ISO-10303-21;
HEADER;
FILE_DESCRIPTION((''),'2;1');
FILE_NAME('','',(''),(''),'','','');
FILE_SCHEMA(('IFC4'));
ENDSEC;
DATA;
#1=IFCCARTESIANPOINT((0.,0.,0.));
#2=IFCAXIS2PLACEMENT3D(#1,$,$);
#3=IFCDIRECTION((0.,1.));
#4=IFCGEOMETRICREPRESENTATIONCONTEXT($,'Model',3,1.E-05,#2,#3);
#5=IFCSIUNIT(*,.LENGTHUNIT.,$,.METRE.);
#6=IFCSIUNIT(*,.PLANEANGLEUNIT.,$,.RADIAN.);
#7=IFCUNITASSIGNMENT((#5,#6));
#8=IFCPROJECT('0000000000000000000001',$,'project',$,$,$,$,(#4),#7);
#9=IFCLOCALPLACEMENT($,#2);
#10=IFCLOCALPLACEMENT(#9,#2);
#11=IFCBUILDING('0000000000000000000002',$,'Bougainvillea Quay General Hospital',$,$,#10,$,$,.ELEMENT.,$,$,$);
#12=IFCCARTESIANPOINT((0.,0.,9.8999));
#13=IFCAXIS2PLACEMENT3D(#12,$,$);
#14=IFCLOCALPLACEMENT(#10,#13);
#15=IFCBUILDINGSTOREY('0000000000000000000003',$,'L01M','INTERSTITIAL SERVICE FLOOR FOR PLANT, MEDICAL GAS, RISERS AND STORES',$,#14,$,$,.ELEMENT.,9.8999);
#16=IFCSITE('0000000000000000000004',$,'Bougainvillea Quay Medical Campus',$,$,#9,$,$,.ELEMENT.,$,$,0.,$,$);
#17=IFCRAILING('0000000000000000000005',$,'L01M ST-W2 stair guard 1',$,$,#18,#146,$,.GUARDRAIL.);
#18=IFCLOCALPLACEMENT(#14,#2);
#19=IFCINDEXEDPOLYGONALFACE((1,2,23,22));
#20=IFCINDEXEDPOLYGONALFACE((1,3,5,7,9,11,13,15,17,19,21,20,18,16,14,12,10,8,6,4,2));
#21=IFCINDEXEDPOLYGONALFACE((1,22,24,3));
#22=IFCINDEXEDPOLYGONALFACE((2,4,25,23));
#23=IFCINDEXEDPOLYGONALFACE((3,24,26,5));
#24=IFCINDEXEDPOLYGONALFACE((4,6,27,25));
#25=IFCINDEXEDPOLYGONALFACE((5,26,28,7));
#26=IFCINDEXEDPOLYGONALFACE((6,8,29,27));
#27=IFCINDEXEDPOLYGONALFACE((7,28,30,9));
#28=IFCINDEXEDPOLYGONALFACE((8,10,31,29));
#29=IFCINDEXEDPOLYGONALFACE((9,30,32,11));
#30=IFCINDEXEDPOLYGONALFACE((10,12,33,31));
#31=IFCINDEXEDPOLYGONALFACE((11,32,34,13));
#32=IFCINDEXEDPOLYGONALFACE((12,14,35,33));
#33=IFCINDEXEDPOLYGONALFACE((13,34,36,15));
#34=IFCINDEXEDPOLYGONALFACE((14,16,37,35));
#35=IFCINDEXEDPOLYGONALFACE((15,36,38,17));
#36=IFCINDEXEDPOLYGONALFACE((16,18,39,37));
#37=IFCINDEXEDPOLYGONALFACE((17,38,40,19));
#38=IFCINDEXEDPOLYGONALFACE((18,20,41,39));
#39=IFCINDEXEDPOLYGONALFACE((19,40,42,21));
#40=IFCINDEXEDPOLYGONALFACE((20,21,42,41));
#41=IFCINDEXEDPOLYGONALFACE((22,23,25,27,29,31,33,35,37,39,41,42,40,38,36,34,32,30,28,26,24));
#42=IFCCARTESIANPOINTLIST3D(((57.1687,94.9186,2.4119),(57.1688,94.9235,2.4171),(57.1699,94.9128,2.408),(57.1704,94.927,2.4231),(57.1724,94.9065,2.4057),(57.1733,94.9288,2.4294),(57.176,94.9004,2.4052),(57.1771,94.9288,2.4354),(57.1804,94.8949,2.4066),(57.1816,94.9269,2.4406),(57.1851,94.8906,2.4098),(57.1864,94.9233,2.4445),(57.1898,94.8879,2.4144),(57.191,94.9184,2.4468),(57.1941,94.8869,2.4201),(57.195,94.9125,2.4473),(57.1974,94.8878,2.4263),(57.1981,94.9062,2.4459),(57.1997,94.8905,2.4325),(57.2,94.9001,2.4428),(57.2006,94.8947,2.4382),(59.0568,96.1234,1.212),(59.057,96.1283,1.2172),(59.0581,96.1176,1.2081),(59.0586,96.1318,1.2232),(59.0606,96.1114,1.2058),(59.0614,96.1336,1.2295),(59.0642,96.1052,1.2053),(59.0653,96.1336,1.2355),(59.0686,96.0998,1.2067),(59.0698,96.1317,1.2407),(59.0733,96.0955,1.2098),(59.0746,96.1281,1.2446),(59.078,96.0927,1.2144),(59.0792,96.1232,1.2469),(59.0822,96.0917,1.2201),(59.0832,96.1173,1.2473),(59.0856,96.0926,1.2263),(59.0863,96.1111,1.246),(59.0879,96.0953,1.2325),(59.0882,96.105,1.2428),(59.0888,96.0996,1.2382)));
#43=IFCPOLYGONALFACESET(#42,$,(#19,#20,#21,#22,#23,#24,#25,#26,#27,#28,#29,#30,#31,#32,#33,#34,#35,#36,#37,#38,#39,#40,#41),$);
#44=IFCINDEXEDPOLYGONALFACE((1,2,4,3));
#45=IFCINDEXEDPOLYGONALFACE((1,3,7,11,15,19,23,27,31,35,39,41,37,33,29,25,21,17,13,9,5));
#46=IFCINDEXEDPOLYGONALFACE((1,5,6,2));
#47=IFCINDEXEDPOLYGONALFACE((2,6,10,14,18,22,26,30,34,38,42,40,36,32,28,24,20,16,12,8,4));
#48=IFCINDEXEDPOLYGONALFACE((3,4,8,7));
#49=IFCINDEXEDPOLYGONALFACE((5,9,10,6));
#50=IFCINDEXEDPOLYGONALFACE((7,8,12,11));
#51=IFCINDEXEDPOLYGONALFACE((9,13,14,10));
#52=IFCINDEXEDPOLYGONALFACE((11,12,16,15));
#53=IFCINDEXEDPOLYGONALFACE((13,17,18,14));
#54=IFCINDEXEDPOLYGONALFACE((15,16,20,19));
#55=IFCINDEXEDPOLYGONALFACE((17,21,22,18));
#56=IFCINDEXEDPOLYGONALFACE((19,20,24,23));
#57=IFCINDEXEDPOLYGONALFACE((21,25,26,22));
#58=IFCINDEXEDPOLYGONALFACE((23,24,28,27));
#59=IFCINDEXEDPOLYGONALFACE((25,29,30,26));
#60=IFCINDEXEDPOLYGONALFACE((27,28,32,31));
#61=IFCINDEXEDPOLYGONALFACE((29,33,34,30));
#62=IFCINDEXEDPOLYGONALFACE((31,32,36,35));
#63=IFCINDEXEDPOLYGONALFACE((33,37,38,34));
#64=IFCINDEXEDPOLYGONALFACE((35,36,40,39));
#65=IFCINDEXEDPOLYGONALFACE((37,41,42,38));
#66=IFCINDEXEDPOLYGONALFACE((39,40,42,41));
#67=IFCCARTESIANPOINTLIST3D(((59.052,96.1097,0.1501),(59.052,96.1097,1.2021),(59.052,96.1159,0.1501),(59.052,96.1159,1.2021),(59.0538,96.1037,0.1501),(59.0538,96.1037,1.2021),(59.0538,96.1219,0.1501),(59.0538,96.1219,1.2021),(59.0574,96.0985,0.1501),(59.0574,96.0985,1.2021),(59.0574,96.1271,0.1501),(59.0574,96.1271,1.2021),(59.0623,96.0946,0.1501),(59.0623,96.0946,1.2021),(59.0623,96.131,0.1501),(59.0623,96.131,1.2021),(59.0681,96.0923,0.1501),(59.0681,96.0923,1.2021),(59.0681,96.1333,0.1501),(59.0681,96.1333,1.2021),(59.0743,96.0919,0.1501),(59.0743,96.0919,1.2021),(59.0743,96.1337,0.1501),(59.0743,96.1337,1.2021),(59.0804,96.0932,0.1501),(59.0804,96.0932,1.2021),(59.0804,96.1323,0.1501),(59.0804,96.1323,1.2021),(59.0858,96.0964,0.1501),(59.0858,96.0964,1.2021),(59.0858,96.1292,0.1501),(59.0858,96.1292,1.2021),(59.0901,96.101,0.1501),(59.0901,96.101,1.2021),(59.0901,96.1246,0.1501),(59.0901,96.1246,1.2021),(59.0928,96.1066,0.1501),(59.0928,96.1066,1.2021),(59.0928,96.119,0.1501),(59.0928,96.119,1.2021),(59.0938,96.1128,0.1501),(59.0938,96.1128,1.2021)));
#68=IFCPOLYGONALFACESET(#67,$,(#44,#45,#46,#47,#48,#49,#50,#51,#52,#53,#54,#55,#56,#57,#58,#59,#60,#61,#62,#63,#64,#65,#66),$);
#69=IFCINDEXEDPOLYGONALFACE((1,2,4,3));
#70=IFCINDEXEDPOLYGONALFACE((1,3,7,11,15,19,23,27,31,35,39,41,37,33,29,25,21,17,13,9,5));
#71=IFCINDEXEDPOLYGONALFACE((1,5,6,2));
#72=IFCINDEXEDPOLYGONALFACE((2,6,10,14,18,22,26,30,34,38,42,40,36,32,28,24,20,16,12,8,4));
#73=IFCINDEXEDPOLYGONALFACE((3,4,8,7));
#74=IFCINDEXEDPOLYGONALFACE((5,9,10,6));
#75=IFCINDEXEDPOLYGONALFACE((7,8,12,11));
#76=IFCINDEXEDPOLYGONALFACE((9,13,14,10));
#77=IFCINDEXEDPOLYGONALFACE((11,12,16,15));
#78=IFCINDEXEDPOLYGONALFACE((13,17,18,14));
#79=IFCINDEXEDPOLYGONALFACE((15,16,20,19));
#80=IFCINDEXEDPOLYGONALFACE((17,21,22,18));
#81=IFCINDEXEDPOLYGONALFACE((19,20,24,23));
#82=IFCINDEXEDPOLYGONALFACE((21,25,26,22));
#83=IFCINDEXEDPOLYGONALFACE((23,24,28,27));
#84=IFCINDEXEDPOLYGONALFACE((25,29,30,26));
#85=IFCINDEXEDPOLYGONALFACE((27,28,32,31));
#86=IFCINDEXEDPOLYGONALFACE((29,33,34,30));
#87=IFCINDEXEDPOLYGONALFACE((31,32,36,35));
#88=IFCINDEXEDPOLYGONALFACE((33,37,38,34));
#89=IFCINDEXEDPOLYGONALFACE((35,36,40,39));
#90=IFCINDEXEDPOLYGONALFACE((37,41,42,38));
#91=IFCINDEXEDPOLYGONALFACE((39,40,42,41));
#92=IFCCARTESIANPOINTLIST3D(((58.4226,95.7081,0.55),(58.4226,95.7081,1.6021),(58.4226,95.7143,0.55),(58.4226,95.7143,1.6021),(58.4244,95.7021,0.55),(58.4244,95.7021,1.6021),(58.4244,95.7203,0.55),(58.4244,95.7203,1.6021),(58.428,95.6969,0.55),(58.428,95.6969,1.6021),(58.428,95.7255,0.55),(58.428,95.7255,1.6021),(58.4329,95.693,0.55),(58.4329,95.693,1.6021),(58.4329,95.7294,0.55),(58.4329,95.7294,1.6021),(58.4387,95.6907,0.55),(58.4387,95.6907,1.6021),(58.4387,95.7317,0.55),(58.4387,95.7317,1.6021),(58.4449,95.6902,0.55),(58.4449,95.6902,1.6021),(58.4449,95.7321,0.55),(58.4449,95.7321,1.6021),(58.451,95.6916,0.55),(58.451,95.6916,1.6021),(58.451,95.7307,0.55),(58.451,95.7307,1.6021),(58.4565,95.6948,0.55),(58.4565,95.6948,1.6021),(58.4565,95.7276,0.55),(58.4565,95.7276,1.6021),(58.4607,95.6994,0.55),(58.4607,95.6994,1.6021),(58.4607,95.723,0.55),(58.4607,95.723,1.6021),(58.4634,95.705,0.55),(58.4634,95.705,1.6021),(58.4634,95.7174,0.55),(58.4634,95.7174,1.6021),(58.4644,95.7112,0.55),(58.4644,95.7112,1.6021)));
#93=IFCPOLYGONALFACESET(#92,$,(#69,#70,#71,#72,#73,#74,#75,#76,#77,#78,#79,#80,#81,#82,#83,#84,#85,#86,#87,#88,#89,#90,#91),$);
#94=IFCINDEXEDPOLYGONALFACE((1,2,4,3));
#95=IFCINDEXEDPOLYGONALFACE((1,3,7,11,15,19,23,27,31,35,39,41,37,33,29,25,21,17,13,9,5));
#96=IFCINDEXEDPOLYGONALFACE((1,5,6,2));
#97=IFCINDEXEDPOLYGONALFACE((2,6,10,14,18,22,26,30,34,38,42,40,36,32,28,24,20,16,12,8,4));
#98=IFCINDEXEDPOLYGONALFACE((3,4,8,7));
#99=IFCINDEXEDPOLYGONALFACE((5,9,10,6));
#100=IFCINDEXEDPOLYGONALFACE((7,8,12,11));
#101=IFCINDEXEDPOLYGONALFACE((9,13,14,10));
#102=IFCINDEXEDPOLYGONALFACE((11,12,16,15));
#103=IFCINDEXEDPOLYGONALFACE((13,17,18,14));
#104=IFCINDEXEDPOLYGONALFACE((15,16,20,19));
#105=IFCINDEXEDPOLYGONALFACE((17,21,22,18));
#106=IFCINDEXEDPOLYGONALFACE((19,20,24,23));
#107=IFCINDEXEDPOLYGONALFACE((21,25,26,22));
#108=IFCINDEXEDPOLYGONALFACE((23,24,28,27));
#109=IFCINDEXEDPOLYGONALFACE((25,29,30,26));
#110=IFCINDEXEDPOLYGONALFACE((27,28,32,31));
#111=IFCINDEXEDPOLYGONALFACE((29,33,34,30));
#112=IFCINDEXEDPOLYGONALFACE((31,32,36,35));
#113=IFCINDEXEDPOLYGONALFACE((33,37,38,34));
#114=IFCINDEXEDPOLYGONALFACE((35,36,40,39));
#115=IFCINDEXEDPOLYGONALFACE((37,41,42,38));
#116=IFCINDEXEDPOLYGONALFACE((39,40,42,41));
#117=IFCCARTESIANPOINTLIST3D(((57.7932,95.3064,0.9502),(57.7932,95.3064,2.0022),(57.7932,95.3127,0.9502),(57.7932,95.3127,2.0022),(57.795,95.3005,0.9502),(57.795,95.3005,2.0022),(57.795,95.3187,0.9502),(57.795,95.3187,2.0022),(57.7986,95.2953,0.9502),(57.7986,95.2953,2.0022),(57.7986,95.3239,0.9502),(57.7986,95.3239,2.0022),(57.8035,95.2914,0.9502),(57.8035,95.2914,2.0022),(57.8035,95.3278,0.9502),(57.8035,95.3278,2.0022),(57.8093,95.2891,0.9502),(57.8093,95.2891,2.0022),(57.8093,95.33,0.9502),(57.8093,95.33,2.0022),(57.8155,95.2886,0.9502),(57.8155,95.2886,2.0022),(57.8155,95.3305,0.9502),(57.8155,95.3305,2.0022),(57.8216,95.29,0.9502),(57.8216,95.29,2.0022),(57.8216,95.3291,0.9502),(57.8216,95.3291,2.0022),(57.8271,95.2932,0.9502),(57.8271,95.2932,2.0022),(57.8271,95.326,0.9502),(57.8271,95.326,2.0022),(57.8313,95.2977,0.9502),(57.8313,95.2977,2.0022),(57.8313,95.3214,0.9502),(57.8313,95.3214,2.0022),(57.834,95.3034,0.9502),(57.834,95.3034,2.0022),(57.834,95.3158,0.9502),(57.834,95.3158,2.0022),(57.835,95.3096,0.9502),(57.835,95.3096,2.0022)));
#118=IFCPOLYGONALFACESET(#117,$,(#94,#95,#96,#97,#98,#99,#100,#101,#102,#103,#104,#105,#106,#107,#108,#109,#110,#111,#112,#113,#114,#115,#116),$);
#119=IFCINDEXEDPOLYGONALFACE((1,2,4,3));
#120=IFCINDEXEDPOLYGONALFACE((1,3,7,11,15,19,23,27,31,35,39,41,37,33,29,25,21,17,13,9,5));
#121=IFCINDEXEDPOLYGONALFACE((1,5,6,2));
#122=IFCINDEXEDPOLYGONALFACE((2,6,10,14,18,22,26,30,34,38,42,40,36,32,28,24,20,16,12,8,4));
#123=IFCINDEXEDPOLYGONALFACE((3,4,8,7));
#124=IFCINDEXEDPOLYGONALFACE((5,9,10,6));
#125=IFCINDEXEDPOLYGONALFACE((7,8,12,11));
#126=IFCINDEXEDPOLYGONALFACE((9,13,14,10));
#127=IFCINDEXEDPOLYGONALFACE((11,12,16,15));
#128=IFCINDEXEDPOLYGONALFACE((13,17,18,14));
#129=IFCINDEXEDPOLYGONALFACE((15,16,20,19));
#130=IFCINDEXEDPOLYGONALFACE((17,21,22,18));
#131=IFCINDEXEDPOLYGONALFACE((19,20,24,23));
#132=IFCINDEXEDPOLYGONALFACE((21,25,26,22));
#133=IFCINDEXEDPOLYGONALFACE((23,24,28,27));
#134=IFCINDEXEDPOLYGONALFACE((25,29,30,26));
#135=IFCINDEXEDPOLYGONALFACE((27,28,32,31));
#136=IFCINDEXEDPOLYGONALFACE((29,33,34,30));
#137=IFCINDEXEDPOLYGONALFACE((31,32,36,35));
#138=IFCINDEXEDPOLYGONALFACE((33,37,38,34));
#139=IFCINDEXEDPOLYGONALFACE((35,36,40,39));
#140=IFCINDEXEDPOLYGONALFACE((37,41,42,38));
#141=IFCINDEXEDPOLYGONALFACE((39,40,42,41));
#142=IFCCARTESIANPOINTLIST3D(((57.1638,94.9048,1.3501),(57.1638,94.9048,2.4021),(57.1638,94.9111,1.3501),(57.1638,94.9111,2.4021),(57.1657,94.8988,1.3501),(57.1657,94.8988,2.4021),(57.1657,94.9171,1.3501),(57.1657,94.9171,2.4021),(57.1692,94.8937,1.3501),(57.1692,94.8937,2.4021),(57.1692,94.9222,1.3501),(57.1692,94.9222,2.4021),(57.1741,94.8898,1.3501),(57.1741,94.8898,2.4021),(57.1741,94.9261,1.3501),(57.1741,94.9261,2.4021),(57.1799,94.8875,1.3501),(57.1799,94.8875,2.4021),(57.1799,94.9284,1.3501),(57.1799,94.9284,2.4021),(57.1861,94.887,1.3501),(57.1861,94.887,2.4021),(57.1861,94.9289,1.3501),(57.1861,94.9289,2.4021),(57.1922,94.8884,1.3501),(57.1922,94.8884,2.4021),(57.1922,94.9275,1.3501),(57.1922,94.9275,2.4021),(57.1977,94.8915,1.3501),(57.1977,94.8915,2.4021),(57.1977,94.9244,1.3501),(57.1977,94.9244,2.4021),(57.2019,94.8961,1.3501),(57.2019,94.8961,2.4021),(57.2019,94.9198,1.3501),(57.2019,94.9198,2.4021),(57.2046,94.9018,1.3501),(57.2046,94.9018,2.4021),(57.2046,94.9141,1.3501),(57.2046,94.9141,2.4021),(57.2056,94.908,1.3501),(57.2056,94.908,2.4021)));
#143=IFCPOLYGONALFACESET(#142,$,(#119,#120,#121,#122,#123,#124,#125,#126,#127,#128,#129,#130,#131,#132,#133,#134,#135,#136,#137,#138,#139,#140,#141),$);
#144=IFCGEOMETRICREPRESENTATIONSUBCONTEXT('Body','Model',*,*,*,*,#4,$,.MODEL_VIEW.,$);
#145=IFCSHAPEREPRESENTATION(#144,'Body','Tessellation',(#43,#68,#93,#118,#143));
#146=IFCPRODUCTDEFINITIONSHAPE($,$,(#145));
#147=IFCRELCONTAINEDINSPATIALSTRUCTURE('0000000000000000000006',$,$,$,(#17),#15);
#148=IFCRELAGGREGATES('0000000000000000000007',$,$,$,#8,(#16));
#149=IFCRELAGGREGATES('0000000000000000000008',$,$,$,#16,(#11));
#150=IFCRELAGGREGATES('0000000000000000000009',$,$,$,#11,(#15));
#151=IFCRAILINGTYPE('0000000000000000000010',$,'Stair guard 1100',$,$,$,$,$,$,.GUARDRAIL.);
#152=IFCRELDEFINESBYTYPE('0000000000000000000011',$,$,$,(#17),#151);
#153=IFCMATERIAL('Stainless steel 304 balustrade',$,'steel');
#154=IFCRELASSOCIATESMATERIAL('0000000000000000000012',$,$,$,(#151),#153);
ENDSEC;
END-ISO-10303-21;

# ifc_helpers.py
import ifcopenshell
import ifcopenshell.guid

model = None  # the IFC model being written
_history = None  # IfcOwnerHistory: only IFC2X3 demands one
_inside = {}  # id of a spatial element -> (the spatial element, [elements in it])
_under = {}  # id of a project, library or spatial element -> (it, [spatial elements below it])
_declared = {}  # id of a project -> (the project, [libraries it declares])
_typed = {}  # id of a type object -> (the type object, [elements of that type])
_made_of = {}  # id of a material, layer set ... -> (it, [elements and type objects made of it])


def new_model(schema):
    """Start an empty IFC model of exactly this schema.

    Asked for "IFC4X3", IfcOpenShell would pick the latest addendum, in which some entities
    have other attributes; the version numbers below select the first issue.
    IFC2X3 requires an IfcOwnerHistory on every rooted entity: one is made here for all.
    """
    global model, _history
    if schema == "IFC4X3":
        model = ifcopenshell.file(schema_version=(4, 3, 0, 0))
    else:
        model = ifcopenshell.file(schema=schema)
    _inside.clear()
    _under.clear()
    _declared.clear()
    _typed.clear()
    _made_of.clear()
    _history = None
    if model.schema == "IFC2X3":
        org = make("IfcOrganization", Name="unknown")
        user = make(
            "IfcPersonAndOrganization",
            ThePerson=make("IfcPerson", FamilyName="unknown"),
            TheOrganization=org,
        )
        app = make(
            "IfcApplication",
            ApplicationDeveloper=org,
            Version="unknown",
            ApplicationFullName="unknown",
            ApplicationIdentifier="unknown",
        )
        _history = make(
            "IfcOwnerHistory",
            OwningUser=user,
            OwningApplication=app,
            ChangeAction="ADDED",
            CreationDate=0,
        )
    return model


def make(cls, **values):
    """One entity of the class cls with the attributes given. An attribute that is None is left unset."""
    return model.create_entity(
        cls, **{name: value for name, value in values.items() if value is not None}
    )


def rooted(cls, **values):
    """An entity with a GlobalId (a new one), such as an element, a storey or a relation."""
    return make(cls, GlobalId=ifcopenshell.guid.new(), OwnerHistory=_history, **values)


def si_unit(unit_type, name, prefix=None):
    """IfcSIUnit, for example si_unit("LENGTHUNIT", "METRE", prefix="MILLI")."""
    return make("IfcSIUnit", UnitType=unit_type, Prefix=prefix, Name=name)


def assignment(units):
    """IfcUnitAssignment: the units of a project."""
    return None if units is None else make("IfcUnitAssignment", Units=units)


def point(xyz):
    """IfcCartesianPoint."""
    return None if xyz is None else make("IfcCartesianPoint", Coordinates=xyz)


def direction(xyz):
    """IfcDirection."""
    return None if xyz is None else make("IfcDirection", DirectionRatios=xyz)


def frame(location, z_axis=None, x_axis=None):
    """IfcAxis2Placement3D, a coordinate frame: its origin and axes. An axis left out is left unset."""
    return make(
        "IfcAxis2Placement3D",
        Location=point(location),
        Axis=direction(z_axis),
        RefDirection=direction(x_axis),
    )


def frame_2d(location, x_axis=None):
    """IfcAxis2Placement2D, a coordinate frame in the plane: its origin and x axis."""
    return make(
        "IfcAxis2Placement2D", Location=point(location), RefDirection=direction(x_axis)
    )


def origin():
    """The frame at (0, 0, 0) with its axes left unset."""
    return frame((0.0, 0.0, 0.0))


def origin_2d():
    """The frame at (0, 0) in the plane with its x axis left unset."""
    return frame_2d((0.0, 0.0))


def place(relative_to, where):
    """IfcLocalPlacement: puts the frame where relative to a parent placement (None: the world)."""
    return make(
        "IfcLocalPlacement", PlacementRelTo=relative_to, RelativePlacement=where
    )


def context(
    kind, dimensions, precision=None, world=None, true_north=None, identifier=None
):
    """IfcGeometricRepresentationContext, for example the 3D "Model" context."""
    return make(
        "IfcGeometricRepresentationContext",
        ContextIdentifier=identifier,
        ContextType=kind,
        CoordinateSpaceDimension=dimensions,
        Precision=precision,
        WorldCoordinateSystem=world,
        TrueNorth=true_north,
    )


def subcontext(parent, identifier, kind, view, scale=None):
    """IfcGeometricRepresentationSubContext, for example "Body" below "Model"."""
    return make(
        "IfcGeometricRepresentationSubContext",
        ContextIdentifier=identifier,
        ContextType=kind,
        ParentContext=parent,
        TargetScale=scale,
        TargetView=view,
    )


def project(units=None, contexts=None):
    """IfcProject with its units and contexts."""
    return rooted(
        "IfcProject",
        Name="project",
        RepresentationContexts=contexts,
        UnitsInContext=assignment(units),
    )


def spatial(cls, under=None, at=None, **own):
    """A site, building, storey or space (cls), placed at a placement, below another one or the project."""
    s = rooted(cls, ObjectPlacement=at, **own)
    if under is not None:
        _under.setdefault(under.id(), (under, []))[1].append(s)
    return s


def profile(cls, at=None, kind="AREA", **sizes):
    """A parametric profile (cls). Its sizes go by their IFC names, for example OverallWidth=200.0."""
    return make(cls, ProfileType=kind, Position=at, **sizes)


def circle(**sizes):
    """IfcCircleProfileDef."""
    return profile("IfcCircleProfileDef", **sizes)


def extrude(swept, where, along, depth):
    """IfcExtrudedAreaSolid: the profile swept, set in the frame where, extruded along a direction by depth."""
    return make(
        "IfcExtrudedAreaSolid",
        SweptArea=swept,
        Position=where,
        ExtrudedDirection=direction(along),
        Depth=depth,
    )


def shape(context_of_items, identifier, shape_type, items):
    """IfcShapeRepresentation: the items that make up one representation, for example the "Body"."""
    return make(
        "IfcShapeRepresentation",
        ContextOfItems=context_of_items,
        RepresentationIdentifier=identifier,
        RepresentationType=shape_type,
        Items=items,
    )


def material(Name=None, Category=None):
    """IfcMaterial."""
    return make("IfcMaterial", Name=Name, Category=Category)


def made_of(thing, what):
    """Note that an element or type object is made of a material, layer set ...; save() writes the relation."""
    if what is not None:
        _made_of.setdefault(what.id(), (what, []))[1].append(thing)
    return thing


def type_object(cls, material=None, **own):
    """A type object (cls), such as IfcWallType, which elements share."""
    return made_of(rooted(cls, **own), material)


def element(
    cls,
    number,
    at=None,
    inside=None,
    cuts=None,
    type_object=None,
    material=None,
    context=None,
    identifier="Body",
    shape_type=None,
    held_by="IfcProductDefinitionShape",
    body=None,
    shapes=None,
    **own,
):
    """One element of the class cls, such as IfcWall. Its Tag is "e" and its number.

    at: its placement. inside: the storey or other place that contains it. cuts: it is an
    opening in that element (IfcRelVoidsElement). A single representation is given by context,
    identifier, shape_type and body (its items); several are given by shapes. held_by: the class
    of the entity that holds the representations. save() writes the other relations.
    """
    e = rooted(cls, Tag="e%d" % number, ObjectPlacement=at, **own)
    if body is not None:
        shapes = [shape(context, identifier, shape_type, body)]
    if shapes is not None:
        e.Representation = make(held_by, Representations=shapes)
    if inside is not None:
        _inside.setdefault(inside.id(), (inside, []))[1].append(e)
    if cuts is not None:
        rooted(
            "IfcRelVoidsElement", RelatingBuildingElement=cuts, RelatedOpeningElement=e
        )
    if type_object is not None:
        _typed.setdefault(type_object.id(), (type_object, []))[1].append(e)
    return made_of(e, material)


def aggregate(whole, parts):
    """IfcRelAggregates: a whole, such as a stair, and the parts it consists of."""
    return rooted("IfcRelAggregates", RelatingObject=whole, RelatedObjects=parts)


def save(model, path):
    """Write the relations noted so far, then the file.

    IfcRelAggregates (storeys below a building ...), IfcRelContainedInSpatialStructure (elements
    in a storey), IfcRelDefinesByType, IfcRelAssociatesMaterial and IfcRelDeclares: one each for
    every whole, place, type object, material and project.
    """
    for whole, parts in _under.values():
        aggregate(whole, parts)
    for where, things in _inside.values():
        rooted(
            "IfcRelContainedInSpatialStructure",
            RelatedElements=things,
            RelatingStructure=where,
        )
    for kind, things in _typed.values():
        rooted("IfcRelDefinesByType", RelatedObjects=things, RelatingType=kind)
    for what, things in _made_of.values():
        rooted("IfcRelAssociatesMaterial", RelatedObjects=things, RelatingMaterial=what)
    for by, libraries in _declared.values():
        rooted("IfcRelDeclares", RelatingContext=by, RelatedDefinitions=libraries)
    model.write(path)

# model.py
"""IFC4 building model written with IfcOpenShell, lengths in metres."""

from ifc_helpers import new_model, si_unit, direction, frame, origin, origin_2d, place, context, subcontext, project, spatial, circle, extrude, material, type_object, element, save


model = new_model("IFC4")

# Units and contexts
model_context = context("Model", 3, precision=1e-05, world=origin(), true_north=direction((0.0, 1.0)))
body_context = subcontext(model_context, "Body", "Model", "MODEL_VIEW")
ifc_project = project(units=[si_unit("LENGTHUNIT", "METRE"), si_unit("PLANEANGLEUNIT", "RADIAN")], contexts=[model_context])

# Site, building, storey
site_placement = place(None, origin())
site = spatial("IfcSite", under=ifc_project, at=site_placement, Name="Bougainvillea Quay Medical Campus", CompositionType="ELEMENT", RefElevation=0.0)
building_placement = place(site_placement, origin())
building = spatial("IfcBuilding", under=site, at=building_placement, Name="Bougainvillea Quay General Hospital", CompositionType="ELEMENT")
storey_placement = place(building_placement, frame((0.0, 0.0, 9.8999)))
storey = spatial("IfcBuildingStorey", under=building, at=storey_placement, Name="L01M", Description="INTERSTITIAL SERVICE FLOOR FOR PLANT, MEDICAL GAS, RISERS AND STORES", CompositionType="ELEMENT", Elevation=9.8999)

# Railing
ifc_material_1 = material(Name="Stainless steel 304 balustrade", Category="steel")
railing_type = type_object("IfcRailingType", Name="Stair guard 1100", PredefinedType="GUARDRAIL", material=ifc_material_1)
railing_1_placement = place(storey_placement, frame((59.0728, 96.1128, 0.1501)))
element("IfcRailing", 1, at=railing_1_placement, inside=storey, type_object=railing_type, Name="L01M ST-W2 stair guard 1", PredefinedType="GUARDRAIL", context=body_context, shape_type="SweptSolid", body=[
    extrude(circle(Radius=0.0239, at=origin_2d()), frame((0.0, 0.0, 1.0762), z_axis=(-0.743083, -0.474155, 0.472233), x_axis=(0.537912, -0.843001, 0.0)), (0.0, 0.0, 1.0), 2.541),
    extrude(circle(Radius=0.021, at=origin_2d()), origin(), (0.0, 0.0, 1.0), 1.052),
    extrude(circle(Radius=0.021, at=origin_2d()), frame((-0.6294, -0.4016, 0.3999)), (0.0, 0.0, 1.0), 1.052),
    extrude(circle(Radius=0.021, at=origin_2d()), frame((-1.2588, -0.8032, 0.8)), (0.0, 0.0, 1.0), 1.052),
    extrude(circle(Radius=0.021, at=origin_2d()), frame((-1.8882, -1.2048, 1.2)), (0.0, 0.0, 1.0), 1.052),
])

save(model, "model.ifc")
